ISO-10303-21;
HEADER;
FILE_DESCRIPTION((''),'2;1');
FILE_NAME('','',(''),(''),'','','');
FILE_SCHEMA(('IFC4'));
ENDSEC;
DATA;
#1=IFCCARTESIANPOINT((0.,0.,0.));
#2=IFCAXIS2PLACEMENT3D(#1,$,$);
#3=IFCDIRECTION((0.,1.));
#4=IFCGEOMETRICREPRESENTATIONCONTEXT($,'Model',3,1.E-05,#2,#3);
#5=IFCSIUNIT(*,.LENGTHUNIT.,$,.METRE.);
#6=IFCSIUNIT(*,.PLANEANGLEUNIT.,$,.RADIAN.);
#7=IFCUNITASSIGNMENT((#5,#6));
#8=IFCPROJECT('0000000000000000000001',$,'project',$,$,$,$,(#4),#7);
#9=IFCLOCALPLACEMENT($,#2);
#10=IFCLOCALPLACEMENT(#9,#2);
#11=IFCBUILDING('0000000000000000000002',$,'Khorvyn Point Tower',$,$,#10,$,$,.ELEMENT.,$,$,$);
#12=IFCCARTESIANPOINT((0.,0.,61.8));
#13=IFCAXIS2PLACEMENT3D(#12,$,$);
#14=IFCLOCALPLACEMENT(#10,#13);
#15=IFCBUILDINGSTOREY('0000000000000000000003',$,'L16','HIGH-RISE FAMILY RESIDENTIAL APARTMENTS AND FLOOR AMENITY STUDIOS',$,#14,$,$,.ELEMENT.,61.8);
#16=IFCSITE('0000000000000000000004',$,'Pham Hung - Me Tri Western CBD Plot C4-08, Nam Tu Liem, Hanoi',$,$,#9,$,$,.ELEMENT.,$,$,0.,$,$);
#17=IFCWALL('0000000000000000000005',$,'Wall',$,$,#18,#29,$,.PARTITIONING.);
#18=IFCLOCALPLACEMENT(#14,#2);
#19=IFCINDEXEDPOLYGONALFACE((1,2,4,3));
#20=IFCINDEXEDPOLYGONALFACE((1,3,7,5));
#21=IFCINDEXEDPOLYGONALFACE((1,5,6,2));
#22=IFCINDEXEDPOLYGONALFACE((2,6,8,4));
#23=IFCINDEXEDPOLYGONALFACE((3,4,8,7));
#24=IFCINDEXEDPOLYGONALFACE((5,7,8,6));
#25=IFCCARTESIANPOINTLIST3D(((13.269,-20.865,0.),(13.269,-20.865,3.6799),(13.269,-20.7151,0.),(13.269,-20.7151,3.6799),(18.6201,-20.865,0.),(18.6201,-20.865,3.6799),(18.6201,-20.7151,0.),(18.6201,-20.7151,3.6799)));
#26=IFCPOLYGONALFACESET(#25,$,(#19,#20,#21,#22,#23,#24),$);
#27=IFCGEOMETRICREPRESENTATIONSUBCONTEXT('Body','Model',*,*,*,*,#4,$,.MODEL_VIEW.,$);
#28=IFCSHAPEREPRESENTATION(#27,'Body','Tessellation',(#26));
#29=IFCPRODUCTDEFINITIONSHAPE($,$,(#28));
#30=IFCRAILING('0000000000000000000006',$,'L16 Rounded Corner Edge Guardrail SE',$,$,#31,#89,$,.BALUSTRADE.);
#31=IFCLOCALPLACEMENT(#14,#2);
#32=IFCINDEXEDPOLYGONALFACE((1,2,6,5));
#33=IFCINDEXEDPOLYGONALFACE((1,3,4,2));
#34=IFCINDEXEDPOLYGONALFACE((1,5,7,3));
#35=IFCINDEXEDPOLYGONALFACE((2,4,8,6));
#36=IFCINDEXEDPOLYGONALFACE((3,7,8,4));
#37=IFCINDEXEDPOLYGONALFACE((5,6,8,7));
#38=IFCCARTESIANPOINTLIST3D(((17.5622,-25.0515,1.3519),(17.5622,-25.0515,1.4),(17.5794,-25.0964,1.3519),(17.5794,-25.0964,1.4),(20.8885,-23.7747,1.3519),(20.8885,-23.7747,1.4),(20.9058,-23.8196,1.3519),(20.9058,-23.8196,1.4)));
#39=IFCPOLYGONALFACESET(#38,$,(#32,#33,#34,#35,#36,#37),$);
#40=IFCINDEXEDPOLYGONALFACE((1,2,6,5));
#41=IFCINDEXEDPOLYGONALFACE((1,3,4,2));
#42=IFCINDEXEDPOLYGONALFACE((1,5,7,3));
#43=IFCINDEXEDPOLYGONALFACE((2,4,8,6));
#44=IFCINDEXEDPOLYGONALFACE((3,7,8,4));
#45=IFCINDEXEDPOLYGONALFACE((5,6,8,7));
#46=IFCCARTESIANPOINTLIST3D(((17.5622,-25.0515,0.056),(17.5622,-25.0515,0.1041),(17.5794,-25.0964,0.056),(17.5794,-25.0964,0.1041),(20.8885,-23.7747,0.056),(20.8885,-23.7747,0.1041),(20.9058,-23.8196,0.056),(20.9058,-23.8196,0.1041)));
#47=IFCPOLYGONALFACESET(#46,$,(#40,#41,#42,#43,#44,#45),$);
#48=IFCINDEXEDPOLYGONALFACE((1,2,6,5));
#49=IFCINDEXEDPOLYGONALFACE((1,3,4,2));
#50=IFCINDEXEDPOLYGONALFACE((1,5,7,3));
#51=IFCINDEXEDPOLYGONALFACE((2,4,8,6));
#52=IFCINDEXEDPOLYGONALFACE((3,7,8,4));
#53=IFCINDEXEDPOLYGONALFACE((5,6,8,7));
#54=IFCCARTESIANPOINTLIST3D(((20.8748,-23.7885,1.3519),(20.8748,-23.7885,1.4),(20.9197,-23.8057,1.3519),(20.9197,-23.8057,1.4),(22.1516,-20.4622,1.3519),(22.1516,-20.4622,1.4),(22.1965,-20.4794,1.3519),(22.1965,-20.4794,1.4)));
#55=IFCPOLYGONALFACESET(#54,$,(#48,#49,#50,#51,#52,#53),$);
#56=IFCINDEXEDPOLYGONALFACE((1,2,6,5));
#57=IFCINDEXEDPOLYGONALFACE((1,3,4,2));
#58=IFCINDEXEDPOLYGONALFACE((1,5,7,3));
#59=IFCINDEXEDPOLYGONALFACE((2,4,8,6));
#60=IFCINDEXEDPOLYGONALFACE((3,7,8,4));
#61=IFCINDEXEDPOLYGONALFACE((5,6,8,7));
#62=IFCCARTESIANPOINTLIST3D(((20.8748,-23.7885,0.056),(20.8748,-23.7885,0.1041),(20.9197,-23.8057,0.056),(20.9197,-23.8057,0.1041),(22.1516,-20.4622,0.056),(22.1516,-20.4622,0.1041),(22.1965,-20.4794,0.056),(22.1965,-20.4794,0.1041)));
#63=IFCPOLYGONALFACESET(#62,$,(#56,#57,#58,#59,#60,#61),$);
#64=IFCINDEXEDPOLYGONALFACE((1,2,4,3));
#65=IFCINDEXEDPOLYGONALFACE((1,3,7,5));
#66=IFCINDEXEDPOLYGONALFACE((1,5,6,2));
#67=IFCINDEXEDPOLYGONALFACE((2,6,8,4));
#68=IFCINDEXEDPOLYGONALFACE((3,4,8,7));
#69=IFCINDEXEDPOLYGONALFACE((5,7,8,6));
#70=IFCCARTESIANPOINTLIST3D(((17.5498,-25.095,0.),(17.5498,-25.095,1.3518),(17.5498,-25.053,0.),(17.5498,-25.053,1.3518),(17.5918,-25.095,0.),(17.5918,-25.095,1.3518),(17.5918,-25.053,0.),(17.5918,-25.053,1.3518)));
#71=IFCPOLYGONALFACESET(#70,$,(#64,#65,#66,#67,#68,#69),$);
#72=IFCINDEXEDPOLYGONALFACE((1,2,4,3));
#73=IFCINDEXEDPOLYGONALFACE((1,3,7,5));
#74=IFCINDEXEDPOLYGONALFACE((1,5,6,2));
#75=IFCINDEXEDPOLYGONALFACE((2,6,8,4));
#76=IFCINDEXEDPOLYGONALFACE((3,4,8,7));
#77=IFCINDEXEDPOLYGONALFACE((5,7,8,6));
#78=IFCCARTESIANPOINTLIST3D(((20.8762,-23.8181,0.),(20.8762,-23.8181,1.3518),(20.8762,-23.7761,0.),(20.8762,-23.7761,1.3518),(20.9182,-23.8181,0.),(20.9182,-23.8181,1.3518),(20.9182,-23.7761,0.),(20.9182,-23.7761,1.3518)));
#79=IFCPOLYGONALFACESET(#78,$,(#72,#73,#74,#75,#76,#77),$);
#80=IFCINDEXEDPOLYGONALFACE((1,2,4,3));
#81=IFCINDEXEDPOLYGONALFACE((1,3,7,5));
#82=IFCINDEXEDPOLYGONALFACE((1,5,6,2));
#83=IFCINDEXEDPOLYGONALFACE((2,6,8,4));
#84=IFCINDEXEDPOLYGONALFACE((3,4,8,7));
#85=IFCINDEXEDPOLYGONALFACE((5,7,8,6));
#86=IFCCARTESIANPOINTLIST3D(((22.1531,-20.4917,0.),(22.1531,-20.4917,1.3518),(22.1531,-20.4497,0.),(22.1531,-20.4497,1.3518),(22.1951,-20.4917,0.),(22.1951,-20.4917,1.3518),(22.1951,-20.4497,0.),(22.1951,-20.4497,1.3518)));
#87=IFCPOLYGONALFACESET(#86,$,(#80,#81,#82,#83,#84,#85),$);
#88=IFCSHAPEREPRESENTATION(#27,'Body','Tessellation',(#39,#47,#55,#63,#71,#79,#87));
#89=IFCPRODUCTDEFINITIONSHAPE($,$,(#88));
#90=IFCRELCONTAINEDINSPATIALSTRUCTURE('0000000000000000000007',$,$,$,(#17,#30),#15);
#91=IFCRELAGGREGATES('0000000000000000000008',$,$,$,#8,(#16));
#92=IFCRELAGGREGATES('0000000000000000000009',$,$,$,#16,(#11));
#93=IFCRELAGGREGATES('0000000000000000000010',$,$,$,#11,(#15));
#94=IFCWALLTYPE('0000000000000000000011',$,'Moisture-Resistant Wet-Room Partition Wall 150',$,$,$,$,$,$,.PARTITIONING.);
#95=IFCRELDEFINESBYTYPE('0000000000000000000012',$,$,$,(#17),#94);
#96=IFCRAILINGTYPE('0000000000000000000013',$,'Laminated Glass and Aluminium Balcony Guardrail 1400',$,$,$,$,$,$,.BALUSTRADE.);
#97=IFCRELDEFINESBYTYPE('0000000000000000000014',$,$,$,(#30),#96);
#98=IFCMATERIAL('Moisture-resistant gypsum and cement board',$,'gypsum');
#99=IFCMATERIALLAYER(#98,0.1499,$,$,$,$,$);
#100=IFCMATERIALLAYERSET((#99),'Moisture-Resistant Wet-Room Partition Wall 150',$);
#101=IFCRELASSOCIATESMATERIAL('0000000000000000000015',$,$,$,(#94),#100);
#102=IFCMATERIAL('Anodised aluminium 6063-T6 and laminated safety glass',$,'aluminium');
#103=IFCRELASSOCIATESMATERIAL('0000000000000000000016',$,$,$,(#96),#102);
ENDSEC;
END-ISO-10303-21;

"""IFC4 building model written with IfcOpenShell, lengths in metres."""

from ifc_helpers import new_model, si_unit, direction, frame, frame_2d, origin, origin_2d, place, context, subcontext, project, spatial, rectangle, extrude, material, layer, layer_set, type_object, element, save


model = new_model("IFC4")

# Units and contexts
model_context = context("Model", 3, precision=1e-05, world=origin(), true_north=direction((0.0, 1.0)))
body_context = subcontext(model_context, "Body", "Model", "MODEL_VIEW")
ifc_project = project(units=[si_unit("LENGTHUNIT", "METRE"), si_unit("PLANEANGLEUNIT", "RADIAN")], contexts=[model_context])

# Site, building, storey
site_placement = place(None, origin())
site = spatial("IfcSite", under=ifc_project, at=site_placement, Name="Pham Hung - Me Tri Western CBD Plot C4-08, Nam Tu Liem, Hanoi", CompositionType="ELEMENT", RefElevation=0.0)
building_placement = place(site_placement, origin())
building = spatial("IfcBuilding", under=site, at=building_placement, Name="Khorvyn Point Tower", CompositionType="ELEMENT")
storey_placement = place(building_placement, frame((0.0, 0.0, 61.8)))
storey = spatial("IfcBuildingStorey", under=building, at=storey_placement, Name="L16", Description="HIGH-RISE FAMILY RESIDENTIAL APARTMENTS AND FLOOR AMENITY STUDIOS", CompositionType="ELEMENT", Elevation=61.8)

# Shared definitions
ifc_material_1 = material(Name="Moisture-resistant gypsum and cement board", Category="gypsum")
ifc_layer_1 = layer(ifc_material_1, 0.1499)
ifc_layer_set_1 = layer_set([ifc_layer_1], Name="Moisture-Resistant Wet-Room Partition Wall 150")
wall_type_1 = type_object("IfcWallType", Name="Moisture-Resistant Wet-Room Partition Wall 150", PredefinedType="PARTITIONING", material=ifc_layer_set_1)

# Wall
for number, where, z_axis, x_axis, name in (
    (1, (13.269, -20.79, 0.0), (0.0, 0.0, 1.0), (1.0, 0.0, 0.0), "Wall"),
):
    element("IfcWall", number, at=place(storey_placement, frame(where, z_axis=z_axis, x_axis=x_axis)), inside=storey, type_object=wall_type_1, Name=name, PredefinedType="PARTITIONING", context=body_context, shape_type="SweptSolid", body=[
        extrude(rectangle(XDim=5.3511, YDim=0.1499, at=frame_2d((2.6755, 0.0))), origin(), (0.0, 0.0, 1.0), 3.6799),
    ])

# Railing
ifc_material_2 = material(Name="Anodised aluminium 6063-T6 and laminated safety glass", Category="aluminium")
railing_type = type_object("IfcRailingType", Name="Laminated Glass and Aluminium Balcony Guardrail 1400", PredefinedType="BALUSTRADE", material=ifc_material_2)
railing_1_placement = place(storey_placement, frame((17.5708, -25.074, 0.0)))
element("IfcRailing", 2, at=railing_1_placement, inside=storey, type_object=railing_type, Name="L16 Rounded Corner Edge Guardrail SE", PredefinedType="BALUSTRADE", context=body_context, shape_type="SweptSolid", body=[
    extrude(rectangle(XDim=0.0481, YDim=0.0481, at=origin_2d()), frame((0.0, 0.0, 1.376), z_axis=(0.933584, 0.358359, 0.0), x_axis=(-0.358359, 0.933584, 0.0)), (0.0, 0.0, 1.0), 3.563),
    extrude(rectangle(XDim=0.0481, YDim=0.0481, at=origin_2d()), frame((0.0, 0.0, 0.0801), z_axis=(0.933584, 0.358359, 0.0), x_axis=(-0.358359, 0.933584, 0.0)), (0.0, 0.0, 1.0), 3.563),
    extrude(rectangle(XDim=0.0481, YDim=0.0481, at=origin_2d()), frame((3.3264, 1.2769, 1.376), z_axis=(0.358359, 0.933584, 0.0), x_axis=(-0.933584, 0.358359, 0.0)), (0.0, 0.0, 1.0), 3.563),
    extrude(rectangle(XDim=0.0481, YDim=0.0481, at=origin_2d()), frame((3.3264, 1.2769, 0.0801), z_axis=(0.358359, 0.933584, 0.0), x_axis=(-0.933584, 0.358359, 0.0)), (0.0, 0.0, 1.0), 3.563),
    extrude(rectangle(XDim=0.042, YDim=0.042, at=origin_2d()), origin(), (0.0, 0.0, 1.0), 1.3518),
    extrude(rectangle(XDim=0.042, YDim=0.042, at=origin_2d()), frame((3.3264, 1.2769, 0.0)), (0.0, 0.0, 1.0), 1.3518),
    extrude(rectangle(XDim=0.042, YDim=0.042, at=origin_2d()), frame((4.6033, 4.6033, 0.0)), (0.0, 0.0, 1.0), 1.3518),
])

save(model, "model.ifc")
